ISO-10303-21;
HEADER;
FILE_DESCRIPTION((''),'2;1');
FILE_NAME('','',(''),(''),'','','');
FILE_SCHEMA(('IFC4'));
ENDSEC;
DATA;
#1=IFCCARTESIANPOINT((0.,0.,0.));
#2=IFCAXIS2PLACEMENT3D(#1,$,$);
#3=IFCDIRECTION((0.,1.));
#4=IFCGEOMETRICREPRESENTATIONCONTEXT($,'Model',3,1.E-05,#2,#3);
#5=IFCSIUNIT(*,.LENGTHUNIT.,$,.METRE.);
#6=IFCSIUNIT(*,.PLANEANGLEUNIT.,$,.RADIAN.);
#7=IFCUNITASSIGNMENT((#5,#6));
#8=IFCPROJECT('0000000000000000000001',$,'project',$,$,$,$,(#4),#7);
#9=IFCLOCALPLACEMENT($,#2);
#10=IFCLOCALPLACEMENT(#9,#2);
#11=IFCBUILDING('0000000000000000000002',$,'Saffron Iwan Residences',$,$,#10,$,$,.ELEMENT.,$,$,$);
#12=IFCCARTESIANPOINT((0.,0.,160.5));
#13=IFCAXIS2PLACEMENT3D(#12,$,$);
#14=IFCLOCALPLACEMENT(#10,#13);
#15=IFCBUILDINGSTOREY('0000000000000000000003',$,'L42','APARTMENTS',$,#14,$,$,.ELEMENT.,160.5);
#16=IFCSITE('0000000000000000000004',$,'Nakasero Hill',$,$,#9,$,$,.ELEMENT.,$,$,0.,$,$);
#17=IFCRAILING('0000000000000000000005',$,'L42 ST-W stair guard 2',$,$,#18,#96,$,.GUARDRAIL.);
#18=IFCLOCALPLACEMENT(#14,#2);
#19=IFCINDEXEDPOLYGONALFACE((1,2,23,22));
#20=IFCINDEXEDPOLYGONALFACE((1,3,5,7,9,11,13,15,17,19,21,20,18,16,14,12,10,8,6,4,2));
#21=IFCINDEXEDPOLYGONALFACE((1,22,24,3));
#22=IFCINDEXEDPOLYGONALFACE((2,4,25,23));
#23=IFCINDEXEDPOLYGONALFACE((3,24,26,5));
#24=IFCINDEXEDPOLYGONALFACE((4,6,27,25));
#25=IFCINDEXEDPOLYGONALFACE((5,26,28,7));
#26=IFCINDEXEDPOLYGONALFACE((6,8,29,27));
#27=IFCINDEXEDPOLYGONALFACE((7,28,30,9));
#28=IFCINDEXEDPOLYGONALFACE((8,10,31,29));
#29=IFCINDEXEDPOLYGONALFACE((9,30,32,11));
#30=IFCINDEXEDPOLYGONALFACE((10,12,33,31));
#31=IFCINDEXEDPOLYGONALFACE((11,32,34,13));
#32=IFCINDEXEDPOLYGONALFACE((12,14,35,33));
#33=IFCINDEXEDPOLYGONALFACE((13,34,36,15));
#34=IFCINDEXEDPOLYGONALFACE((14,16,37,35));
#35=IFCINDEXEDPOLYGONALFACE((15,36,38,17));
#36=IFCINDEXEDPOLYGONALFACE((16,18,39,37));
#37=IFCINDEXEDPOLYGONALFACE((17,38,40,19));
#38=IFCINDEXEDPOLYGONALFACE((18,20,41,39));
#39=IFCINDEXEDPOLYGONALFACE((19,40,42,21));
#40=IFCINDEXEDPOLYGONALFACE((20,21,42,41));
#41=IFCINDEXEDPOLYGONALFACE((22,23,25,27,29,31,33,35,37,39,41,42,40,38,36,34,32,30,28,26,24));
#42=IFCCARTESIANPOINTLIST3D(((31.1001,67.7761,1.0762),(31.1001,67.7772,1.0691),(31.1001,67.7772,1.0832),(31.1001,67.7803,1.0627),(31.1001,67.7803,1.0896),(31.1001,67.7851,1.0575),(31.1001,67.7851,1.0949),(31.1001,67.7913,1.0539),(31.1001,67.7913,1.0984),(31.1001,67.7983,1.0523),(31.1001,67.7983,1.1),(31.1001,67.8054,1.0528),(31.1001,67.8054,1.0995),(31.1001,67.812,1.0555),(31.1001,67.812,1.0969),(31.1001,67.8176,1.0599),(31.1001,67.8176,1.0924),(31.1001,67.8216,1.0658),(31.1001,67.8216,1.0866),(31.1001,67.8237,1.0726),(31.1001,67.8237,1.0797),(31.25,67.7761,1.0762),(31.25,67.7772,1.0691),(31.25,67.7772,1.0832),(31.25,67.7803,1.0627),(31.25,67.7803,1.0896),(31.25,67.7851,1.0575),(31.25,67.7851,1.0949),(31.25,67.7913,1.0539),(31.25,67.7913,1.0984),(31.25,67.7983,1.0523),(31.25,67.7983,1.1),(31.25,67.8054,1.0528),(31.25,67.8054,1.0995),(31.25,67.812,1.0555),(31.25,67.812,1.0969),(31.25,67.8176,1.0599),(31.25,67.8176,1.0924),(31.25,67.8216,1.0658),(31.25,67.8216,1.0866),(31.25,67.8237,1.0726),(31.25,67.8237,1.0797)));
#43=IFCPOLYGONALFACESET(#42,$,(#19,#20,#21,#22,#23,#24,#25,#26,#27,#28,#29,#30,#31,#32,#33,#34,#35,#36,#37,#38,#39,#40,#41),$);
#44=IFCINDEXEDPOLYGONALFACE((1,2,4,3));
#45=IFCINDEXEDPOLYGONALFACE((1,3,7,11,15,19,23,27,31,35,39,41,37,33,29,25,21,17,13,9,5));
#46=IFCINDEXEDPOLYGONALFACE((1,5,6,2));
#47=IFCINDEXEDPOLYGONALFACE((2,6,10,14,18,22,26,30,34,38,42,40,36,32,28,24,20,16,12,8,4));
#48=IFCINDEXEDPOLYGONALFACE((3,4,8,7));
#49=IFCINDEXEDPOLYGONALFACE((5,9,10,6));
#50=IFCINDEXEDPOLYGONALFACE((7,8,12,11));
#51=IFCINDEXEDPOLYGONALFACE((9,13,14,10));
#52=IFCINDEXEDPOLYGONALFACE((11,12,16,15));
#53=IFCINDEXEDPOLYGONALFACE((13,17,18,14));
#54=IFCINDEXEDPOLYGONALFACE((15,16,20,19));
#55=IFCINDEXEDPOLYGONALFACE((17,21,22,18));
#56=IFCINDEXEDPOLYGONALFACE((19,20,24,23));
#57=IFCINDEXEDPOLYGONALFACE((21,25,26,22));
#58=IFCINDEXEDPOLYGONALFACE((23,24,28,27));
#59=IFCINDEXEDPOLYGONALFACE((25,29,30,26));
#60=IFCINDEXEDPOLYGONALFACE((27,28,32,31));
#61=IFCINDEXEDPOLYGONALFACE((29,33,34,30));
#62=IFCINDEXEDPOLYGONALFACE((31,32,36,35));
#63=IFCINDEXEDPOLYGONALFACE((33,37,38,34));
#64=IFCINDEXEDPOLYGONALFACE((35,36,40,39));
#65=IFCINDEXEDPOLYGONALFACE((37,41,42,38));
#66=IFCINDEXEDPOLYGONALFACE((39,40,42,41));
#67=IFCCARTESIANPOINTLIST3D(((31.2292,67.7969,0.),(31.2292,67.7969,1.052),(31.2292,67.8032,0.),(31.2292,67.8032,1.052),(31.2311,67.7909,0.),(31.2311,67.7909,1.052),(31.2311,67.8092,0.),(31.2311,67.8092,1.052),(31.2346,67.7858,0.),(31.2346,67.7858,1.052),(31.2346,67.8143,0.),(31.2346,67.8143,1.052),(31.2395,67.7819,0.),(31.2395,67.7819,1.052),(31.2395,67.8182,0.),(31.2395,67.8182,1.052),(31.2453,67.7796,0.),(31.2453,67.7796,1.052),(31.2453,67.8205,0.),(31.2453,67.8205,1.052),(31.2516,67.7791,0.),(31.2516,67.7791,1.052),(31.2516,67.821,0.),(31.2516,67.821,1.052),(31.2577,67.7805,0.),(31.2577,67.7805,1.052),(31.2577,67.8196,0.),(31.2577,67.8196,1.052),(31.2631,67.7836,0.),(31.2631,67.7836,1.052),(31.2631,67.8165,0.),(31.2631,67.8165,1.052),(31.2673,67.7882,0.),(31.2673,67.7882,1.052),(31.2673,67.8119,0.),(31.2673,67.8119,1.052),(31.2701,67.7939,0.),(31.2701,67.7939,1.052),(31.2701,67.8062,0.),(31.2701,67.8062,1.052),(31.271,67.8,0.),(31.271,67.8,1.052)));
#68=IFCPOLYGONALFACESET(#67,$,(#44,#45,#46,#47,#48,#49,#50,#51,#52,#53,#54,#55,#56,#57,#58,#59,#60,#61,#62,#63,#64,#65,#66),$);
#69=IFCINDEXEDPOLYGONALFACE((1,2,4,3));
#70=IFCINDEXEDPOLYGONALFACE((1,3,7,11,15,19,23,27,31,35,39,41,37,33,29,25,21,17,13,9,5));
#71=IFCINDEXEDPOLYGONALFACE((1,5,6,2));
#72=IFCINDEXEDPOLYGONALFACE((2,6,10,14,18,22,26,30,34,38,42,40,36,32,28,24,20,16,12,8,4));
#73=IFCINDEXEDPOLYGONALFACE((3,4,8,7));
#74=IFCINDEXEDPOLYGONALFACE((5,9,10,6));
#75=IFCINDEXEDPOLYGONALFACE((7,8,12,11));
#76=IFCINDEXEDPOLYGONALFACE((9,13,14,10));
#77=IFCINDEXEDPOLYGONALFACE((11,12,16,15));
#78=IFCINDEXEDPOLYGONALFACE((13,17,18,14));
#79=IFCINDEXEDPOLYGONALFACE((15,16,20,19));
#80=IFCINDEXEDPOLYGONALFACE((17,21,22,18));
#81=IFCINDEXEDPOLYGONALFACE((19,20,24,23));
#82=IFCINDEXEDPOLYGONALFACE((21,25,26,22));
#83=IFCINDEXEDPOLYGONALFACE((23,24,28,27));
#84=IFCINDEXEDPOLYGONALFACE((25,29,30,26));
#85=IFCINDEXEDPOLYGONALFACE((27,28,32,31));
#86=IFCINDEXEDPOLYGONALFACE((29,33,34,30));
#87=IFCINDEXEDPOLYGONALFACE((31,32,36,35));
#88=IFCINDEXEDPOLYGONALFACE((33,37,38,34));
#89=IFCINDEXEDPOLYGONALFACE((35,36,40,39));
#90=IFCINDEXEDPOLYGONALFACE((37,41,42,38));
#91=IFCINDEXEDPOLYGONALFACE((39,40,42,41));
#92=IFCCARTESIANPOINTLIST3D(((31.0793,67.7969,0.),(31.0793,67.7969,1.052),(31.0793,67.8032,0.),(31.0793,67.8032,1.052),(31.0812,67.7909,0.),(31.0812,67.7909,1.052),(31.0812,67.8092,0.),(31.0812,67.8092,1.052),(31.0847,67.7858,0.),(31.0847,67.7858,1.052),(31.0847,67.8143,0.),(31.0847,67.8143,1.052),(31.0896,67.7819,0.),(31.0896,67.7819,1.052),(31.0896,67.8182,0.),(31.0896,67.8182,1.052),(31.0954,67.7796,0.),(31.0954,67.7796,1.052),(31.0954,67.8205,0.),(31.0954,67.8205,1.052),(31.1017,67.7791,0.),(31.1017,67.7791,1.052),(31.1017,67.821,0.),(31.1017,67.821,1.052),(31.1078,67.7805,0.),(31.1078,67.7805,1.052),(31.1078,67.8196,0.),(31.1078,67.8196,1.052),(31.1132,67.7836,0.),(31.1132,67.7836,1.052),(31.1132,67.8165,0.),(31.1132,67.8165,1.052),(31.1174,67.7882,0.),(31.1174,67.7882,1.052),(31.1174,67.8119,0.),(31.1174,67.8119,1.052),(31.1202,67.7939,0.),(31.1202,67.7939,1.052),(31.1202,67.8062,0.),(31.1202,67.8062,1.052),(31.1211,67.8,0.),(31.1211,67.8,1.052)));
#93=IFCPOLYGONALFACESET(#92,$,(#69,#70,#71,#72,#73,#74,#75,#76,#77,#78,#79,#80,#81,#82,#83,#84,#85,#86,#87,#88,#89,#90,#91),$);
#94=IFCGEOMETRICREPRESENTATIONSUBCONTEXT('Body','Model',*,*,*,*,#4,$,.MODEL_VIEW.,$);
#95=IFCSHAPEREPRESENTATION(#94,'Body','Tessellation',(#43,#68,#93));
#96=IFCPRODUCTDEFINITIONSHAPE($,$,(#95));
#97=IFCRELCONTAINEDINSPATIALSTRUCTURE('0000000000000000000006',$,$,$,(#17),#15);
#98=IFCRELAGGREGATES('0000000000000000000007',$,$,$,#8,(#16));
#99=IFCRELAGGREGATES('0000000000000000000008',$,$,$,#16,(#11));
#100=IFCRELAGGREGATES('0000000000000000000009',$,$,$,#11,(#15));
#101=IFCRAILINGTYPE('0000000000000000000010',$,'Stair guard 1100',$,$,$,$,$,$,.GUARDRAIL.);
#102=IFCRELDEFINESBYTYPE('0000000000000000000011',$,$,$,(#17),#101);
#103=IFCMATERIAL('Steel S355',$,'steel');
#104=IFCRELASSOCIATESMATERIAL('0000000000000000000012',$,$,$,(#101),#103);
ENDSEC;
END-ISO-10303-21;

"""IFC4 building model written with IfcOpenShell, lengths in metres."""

from ifc_helpers import new_model, si_unit, direction, frame, origin, origin_2d, place, context, subcontext, project, spatial, circle, extrude, material, type_object, element, save


model = new_model("IFC4")

# Units and contexts
model_context = context("Model", 3, precision=1e-05, world=origin(), true_north=direction((0.0, 1.0)))
body_context = subcontext(model_context, "Body", "Model", "MODEL_VIEW")
ifc_project = project(units=[si_unit("LENGTHUNIT", "METRE"), si_unit("PLANEANGLEUNIT", "RADIAN")], contexts=[model_context])

# Site, building, storey
site_placement = place(None, origin())
site = spatial("IfcSite", under=ifc_project, at=site_placement, Name="Nakasero Hill", CompositionType="ELEMENT", RefElevation=0.0)
building_placement = place(site_placement, origin())
building = spatial("IfcBuilding", under=site, at=building_placement, Name="Saffron Iwan Residences", CompositionType="ELEMENT")
storey_placement = place(building_placement, frame((0.0, 0.0, 160.5)))
storey = spatial("IfcBuildingStorey", under=building, at=storey_placement, Name="L42", Description="APARTMENTS", CompositionType="ELEMENT", Elevation=160.5)

# Railing
ifc_material_1 = material(Name="Steel S355", Category="steel")
railing_type_1 = type_object("IfcRailingType", Name="Stair guard 1100", PredefinedType="GUARDRAIL", material=ifc_material_1)
railing_1_placement = place(storey_placement, frame((31.25, 67.8, 0.0)))
element("IfcRailing", 1, at=railing_1_placement, inside=storey, type_object=railing_type_1, Name="L42 ST-W stair guard 2", PredefinedType="GUARDRAIL", context=body_context, shape_type="SweptSolid", body=[
    extrude(circle(Radius=0.0239, at=origin_2d()), frame((0.0, 0.0, 1.0762), z_axis=(-1.0, 0.0, 0.0), x_axis=(0.0, -1.0, 0.0)), (0.0, 0.0, 1.0), 0.1499),
    extrude(circle(Radius=0.021, at=origin_2d()), origin(), (0.0, 0.0, 1.0), 1.052),
    extrude(circle(Radius=0.021, at=origin_2d()), frame((-0.1499, 0.0, 0.0)), (0.0, 0.0, 1.0), 1.052),
])

save(model, "model.ifc")
